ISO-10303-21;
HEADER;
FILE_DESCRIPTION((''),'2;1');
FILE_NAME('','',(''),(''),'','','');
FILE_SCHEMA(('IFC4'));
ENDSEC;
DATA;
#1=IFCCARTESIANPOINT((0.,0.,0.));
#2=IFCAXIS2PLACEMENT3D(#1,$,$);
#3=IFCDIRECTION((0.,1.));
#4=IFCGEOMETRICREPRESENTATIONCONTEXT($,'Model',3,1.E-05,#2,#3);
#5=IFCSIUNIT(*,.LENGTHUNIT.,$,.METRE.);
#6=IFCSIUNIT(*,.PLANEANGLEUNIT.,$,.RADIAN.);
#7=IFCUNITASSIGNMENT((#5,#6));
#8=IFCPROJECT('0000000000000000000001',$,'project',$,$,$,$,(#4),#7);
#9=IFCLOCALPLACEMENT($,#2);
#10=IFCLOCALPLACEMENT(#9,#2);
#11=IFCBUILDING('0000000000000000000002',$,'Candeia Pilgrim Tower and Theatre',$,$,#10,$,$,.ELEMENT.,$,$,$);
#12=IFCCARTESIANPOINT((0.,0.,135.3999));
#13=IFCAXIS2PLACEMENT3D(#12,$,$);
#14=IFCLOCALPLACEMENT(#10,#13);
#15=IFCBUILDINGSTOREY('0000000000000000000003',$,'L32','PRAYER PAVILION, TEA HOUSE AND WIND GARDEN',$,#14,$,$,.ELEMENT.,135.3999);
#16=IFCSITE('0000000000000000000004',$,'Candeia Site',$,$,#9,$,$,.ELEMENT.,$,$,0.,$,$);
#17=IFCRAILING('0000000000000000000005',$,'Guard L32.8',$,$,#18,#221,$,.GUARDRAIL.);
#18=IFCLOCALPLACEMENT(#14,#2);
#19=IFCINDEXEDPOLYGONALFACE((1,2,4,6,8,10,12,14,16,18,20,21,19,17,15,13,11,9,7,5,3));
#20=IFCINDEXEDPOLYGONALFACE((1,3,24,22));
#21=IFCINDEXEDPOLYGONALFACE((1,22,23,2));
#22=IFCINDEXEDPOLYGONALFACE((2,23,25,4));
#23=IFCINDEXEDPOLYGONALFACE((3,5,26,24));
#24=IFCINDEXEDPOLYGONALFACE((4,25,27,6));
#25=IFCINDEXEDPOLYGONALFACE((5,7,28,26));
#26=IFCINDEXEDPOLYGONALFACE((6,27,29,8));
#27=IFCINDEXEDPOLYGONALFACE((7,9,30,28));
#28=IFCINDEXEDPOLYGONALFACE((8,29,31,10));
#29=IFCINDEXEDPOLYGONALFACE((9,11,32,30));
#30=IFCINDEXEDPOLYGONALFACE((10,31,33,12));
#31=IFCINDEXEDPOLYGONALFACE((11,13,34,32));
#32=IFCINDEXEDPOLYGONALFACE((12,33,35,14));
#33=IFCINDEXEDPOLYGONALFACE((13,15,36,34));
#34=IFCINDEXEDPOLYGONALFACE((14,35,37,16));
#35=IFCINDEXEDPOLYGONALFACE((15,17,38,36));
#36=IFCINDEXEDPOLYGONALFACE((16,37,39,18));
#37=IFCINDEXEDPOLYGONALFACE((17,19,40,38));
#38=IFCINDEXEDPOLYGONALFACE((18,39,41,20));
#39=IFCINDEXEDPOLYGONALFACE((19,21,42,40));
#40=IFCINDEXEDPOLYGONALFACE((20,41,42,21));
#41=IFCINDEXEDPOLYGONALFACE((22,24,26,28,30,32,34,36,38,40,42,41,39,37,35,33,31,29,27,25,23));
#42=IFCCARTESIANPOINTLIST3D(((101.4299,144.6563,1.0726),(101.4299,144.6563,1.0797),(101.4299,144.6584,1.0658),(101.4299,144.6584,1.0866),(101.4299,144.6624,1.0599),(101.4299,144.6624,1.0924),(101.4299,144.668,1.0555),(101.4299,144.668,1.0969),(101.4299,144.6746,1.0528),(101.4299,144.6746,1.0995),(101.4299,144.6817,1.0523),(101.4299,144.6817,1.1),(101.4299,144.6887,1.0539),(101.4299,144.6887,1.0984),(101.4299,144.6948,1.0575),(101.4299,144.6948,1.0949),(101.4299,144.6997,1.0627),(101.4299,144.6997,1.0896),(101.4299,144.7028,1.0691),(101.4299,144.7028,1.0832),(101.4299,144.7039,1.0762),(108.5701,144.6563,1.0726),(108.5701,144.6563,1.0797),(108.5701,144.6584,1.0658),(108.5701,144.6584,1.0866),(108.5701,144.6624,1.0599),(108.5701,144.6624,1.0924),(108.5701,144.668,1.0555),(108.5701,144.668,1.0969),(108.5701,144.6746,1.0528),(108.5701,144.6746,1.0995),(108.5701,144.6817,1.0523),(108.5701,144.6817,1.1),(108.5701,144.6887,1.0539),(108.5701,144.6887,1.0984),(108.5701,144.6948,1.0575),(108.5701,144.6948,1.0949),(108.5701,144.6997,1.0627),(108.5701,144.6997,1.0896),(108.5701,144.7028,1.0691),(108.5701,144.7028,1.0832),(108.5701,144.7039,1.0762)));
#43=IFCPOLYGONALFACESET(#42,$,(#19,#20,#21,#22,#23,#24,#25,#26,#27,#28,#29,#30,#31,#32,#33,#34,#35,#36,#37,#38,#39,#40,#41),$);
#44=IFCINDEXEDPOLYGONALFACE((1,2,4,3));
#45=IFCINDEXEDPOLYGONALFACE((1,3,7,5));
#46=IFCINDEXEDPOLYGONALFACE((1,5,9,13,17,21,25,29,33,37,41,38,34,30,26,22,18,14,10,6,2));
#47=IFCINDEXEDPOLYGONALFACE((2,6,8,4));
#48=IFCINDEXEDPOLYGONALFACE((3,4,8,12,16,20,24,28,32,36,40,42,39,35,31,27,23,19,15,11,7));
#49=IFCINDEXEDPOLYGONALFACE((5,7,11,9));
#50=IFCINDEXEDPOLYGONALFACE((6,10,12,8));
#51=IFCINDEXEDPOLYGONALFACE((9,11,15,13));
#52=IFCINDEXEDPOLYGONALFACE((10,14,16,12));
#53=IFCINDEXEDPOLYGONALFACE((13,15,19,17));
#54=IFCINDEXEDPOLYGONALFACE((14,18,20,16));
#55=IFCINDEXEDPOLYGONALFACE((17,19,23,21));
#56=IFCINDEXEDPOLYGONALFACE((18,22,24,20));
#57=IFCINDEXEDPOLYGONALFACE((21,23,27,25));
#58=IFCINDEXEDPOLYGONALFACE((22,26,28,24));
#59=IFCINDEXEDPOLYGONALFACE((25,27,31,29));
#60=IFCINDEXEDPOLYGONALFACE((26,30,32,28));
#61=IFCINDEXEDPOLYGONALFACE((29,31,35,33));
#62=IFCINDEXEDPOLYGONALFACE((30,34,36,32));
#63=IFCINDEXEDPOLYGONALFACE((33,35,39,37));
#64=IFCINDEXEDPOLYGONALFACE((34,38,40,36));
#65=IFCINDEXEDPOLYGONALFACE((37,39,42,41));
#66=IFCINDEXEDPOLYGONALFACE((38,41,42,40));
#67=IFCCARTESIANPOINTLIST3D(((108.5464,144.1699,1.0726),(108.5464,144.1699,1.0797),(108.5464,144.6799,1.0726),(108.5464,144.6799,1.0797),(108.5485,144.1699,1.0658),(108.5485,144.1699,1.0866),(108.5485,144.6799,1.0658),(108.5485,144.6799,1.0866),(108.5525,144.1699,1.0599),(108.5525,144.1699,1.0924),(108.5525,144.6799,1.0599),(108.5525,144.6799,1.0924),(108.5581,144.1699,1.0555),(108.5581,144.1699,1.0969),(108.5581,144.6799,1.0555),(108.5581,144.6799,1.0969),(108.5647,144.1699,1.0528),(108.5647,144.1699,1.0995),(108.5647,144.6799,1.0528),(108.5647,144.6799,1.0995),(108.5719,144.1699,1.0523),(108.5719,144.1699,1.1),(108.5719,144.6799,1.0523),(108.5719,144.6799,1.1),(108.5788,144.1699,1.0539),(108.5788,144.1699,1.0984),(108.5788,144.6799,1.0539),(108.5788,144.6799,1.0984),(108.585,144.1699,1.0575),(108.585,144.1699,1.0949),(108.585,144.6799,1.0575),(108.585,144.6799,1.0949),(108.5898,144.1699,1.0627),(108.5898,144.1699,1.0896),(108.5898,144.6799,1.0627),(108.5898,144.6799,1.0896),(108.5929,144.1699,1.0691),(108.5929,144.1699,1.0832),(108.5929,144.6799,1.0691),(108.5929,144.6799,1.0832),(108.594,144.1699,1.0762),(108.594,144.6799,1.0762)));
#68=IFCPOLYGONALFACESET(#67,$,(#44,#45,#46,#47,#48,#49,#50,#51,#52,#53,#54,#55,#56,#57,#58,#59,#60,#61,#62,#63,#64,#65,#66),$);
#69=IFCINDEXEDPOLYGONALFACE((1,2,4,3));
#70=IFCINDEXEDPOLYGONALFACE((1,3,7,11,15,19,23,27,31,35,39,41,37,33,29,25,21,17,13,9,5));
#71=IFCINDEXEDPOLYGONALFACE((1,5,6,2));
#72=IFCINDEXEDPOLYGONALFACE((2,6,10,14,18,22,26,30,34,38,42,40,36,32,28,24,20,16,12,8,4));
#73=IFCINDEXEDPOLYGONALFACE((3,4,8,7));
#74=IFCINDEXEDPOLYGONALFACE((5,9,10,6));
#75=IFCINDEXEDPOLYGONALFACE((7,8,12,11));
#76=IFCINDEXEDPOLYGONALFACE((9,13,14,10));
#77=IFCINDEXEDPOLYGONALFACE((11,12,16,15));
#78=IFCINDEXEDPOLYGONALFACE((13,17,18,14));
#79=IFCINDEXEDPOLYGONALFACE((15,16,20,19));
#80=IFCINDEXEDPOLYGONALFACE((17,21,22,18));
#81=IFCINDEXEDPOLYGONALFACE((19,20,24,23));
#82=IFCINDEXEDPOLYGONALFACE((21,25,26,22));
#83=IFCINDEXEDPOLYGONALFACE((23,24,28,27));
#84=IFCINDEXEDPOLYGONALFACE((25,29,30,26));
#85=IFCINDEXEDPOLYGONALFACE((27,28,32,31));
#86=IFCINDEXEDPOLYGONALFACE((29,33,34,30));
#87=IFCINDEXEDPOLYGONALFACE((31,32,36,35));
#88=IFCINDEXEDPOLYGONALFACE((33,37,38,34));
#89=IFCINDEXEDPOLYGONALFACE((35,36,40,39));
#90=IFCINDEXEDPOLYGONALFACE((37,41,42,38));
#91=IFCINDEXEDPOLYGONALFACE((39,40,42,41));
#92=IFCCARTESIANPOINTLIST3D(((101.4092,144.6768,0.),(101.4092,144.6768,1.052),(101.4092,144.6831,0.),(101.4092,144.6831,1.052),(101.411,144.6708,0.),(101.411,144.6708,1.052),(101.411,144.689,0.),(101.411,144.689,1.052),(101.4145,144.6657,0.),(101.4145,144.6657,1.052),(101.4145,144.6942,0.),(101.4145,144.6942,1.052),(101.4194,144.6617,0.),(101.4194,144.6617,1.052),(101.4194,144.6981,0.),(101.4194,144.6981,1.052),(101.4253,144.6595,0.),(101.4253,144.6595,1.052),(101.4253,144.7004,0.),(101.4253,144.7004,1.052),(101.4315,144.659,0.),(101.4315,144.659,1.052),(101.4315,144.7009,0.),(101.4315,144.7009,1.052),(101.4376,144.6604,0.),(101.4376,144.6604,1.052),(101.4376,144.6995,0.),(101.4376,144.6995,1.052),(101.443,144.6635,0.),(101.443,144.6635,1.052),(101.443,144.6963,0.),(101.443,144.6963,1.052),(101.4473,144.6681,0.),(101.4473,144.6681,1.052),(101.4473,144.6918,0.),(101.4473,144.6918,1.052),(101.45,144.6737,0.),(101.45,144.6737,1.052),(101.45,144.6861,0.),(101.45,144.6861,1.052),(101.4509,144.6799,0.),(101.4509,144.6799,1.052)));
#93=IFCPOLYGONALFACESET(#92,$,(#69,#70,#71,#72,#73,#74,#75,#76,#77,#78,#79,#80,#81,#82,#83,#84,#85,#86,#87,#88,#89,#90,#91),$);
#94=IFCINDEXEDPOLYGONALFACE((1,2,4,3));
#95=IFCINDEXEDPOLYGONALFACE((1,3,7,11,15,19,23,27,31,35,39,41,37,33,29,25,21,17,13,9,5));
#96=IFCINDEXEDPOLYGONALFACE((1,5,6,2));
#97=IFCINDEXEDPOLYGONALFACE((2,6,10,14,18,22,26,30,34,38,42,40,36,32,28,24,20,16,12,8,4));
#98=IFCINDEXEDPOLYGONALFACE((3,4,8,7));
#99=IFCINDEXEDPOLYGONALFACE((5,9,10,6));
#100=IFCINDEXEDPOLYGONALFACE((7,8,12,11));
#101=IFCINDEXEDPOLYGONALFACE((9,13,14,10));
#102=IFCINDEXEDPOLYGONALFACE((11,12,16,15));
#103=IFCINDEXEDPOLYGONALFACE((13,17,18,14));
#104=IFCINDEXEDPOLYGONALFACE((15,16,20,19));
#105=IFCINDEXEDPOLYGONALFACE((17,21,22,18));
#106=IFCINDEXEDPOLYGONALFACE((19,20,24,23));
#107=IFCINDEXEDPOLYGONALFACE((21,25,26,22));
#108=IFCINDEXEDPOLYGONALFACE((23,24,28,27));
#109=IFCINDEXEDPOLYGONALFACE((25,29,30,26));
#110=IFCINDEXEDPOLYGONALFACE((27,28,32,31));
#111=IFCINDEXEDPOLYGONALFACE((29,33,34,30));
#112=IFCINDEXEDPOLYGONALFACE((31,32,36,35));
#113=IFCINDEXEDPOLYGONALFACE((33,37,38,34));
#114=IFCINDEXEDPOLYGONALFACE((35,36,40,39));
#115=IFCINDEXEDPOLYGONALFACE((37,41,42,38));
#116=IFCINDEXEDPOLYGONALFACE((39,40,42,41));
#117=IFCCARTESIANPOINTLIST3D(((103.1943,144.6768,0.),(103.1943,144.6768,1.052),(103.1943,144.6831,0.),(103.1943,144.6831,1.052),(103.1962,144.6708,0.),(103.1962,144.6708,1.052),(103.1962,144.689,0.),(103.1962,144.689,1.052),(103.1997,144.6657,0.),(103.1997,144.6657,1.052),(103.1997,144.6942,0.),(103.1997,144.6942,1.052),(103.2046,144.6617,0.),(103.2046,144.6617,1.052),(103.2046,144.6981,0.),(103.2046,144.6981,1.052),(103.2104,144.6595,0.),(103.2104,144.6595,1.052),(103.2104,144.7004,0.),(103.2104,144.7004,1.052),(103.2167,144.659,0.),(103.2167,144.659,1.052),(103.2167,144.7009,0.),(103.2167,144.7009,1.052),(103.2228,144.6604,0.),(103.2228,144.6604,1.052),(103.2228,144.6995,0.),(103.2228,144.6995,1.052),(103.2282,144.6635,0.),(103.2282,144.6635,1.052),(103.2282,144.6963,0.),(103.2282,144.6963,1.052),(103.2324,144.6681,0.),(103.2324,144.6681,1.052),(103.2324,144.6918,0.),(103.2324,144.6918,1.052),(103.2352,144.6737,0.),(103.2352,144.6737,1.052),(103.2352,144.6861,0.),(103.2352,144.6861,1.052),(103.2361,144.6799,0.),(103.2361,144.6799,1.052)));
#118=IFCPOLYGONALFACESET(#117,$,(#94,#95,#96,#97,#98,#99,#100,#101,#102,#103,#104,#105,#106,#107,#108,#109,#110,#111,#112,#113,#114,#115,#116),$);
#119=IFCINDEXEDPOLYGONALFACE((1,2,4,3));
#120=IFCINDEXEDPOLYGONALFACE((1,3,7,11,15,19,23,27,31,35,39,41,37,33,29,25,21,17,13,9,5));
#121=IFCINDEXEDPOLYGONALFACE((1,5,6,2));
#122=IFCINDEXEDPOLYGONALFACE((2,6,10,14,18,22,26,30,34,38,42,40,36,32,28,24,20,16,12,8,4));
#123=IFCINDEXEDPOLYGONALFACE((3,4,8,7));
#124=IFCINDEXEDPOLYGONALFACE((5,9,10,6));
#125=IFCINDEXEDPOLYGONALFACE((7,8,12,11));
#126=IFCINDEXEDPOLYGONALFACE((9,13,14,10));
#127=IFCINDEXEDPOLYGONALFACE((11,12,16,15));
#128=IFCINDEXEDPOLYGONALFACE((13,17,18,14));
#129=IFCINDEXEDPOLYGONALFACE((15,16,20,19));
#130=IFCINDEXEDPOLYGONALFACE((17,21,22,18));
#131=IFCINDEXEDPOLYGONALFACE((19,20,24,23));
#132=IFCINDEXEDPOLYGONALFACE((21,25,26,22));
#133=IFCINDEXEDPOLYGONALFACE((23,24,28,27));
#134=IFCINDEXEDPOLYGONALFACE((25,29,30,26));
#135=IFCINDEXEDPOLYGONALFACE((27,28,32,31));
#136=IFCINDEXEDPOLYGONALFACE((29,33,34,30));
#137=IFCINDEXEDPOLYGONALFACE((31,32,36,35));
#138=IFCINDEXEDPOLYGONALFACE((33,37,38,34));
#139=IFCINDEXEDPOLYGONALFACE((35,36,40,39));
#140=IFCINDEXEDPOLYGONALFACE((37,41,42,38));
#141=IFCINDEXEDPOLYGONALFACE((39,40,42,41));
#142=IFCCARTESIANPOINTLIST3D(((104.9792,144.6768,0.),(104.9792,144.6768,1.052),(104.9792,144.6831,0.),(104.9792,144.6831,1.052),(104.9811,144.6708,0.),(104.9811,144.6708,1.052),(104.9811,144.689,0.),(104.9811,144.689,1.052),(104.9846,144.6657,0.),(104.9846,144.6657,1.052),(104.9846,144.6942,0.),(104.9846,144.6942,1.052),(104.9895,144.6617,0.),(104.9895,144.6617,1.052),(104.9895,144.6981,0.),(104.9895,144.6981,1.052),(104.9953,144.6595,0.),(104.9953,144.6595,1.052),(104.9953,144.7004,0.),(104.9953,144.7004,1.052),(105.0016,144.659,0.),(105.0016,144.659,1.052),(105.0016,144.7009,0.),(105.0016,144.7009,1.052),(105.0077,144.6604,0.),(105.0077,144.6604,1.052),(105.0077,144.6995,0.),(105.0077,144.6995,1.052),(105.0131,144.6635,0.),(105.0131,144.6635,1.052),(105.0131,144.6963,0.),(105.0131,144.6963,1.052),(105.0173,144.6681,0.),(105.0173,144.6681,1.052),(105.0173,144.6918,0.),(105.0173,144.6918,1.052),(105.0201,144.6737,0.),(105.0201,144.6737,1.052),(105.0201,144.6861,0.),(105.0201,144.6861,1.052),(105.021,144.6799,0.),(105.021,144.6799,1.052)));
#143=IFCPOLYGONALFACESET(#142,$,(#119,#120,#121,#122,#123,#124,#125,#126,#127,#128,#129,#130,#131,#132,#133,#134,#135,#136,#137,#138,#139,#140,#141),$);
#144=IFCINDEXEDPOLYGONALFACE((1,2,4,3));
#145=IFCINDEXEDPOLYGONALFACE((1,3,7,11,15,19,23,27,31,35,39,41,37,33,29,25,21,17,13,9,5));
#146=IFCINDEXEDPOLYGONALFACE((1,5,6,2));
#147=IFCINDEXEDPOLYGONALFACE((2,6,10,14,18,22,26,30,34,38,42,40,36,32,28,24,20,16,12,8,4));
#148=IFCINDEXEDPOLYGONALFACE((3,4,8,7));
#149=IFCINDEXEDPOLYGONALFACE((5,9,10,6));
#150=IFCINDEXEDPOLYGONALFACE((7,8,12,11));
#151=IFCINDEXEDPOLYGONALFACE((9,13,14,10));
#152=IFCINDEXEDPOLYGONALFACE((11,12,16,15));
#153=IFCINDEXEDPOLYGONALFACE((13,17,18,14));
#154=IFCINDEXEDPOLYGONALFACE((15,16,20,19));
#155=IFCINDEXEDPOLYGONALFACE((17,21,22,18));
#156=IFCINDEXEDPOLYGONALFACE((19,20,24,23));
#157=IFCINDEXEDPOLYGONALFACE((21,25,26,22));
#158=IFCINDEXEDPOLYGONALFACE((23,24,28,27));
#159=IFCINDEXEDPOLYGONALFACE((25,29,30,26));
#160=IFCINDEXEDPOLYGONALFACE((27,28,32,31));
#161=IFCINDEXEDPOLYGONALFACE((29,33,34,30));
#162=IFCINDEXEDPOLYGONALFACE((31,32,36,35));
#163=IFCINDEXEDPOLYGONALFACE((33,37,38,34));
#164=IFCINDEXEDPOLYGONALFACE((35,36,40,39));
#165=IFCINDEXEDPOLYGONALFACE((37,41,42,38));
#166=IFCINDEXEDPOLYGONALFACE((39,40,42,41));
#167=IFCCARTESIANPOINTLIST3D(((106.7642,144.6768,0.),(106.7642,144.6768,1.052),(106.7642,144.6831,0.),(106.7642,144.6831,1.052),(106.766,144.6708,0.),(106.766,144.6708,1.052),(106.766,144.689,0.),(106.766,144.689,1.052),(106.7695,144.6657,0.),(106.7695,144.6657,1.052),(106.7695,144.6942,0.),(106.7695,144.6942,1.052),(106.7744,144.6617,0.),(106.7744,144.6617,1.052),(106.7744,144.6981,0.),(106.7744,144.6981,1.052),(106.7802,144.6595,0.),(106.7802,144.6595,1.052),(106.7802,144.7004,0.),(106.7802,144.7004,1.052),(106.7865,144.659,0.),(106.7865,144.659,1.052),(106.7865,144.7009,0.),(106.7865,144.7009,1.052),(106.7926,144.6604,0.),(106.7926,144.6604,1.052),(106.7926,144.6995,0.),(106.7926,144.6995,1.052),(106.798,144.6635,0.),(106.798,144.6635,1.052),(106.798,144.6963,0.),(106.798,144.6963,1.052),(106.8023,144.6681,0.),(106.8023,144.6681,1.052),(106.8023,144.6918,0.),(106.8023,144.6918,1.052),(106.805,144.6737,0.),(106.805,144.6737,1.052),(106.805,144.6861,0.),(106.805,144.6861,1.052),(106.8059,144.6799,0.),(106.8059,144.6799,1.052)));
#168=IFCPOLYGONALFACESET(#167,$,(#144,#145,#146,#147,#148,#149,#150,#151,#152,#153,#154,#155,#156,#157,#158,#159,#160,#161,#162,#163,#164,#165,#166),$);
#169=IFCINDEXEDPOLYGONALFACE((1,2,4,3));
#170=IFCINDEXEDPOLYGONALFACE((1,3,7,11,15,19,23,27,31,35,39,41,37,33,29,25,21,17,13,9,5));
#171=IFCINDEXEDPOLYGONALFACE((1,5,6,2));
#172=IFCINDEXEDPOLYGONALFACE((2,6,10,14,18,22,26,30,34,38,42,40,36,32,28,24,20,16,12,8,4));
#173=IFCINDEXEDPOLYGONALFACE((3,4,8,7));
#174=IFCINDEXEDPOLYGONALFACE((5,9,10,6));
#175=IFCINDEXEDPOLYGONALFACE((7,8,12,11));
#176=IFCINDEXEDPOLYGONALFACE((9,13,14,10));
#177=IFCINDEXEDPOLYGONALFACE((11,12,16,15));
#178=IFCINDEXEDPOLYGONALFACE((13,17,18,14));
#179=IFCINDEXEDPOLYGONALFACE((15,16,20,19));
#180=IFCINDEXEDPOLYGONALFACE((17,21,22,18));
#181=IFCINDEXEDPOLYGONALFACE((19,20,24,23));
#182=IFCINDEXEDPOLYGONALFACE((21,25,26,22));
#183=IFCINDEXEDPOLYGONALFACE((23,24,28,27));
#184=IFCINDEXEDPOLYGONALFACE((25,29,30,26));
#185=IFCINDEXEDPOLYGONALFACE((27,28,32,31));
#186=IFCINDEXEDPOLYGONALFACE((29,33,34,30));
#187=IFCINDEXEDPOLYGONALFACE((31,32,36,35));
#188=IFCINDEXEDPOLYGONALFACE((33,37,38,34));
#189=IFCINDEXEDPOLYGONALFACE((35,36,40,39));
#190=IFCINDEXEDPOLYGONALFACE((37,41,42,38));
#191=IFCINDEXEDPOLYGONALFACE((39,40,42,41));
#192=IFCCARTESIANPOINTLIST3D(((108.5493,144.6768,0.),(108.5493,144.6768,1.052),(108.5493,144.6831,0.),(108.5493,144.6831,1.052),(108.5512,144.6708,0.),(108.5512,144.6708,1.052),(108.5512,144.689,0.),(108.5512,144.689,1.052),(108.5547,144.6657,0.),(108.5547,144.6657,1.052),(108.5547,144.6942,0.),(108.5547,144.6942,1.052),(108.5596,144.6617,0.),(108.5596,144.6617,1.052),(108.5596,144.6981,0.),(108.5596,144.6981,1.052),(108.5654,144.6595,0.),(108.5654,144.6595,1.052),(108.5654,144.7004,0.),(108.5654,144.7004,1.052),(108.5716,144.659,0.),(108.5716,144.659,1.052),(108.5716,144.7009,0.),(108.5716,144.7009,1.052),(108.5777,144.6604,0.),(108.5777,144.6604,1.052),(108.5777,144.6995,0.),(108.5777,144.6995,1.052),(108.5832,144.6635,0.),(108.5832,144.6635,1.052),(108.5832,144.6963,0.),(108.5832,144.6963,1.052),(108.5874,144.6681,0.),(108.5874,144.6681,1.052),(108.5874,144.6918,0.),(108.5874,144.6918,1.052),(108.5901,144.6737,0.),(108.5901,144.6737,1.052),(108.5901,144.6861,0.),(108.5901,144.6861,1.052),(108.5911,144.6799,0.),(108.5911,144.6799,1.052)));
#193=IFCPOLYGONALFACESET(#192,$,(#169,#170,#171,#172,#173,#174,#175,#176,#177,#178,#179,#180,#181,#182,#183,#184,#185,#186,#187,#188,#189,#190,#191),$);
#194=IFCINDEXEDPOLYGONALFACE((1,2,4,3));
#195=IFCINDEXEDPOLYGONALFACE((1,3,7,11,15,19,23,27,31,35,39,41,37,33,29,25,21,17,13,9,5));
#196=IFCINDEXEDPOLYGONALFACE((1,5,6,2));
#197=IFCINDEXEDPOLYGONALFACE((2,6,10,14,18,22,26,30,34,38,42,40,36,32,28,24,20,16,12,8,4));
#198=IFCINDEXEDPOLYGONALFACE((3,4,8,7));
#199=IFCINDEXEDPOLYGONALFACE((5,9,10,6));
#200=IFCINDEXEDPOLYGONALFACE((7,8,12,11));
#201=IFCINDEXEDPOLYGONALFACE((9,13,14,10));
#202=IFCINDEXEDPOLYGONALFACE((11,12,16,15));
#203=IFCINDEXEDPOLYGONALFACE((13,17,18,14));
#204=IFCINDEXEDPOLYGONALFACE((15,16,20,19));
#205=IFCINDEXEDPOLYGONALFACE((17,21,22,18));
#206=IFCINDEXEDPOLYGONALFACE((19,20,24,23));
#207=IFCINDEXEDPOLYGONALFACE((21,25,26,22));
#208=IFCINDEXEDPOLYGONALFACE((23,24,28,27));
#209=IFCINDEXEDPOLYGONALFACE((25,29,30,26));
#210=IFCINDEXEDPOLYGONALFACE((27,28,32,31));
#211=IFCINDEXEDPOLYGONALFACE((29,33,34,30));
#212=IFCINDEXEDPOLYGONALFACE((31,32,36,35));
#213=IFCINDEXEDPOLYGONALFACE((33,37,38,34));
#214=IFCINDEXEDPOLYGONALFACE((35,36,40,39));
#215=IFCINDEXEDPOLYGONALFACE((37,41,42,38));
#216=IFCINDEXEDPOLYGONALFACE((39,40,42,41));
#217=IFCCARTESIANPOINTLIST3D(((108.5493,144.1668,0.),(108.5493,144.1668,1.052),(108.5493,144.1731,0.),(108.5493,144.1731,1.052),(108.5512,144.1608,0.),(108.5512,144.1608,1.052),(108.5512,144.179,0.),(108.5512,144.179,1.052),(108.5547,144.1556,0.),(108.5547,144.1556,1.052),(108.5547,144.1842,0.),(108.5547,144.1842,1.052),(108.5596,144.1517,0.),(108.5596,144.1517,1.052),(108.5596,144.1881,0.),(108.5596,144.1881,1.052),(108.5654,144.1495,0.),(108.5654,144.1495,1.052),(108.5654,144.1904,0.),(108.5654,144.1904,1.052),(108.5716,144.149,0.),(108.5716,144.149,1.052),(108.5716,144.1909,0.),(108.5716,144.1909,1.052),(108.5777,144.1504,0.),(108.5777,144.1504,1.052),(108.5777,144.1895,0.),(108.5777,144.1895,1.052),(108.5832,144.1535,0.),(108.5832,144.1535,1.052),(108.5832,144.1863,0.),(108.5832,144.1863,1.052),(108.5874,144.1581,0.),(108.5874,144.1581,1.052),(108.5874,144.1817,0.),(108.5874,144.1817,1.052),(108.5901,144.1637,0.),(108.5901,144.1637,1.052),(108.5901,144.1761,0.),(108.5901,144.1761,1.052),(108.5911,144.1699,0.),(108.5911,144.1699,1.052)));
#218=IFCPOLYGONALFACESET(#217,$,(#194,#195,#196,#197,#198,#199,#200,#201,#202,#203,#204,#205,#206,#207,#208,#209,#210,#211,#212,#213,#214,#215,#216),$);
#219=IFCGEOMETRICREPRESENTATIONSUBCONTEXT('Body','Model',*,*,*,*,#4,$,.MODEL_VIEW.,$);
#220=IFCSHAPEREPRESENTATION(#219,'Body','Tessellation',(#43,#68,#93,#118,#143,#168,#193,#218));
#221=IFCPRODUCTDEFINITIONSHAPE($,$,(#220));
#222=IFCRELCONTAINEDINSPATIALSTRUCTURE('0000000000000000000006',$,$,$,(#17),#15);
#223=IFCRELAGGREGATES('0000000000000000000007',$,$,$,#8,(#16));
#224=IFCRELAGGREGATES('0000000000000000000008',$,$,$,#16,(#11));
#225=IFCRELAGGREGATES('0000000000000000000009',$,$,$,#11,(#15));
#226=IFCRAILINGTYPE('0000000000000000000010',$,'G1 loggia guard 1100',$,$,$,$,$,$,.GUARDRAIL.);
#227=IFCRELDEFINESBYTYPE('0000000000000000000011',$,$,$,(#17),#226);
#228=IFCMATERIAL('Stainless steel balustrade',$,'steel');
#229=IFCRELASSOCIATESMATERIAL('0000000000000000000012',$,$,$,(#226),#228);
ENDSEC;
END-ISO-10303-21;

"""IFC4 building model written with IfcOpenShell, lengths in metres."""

from ifc_helpers import new_model, si_unit, direction, frame, origin, origin_2d, place, context, subcontext, project, spatial, circle, extrude, material, type_object, element, save


model = new_model("IFC4")

# Units and contexts
model_context = context("Model", 3, precision=1e-05, world=origin(), true_north=direction((0.0, 1.0)))
body_context = subcontext(model_context, "Body", "Model", "MODEL_VIEW")
ifc_project = project(units=[si_unit("LENGTHUNIT", "METRE"), si_unit("PLANEANGLEUNIT", "RADIAN")], contexts=[model_context])

# Site, building, storey
site_placement = place(None, origin())
site = spatial("IfcSite", under=ifc_project, at=site_placement, Name="Candeia Site", CompositionType="ELEMENT", RefElevation=0.0)
building_placement = place(site_placement, origin())
building = spatial("IfcBuilding", under=site, at=building_placement, Name="Candeia Pilgrim Tower and Theatre", CompositionType="ELEMENT")
storey_placement = place(building_placement, frame((0.0, 0.0, 135.3999)))
storey = spatial("IfcBuildingStorey", under=building, at=storey_placement, Name="L32", Description="PRAYER PAVILION, TEA HOUSE AND WIND GARDEN", CompositionType="ELEMENT", Elevation=135.3999)

# Railing
ifc_material_1 = material(Name="Stainless steel balustrade", Category="steel")
railing_type = type_object("IfcRailingType", Name="G1 loggia guard 1100", PredefinedType="GUARDRAIL", material=ifc_material_1)
railing_1_placement = place(storey_placement, frame((101.4299, 144.6799, 0.0)))
element("IfcRailing", 1, at=railing_1_placement, inside=storey, type_object=railing_type, Name="Guard L32.8", PredefinedType="GUARDRAIL", context=body_context, shape_type="SweptSolid", body=[
    extrude(circle(Radius=0.0239, at=origin_2d()), frame((0.0, 0.0, 1.0762), z_axis=(1.0, 0.0, 0.0), x_axis=(0.0, 1.0, 0.0)), (0.0, 0.0, 1.0), 7.1401),
    extrude(circle(Radius=0.0239, at=origin_2d()), frame((7.1401, 0.0, 1.0762), z_axis=(0.0, -1.0, 0.0), x_axis=(1.0, 0.0, 0.0)), (0.0, 0.0, 1.0), 0.51),
    extrude(circle(Radius=0.021, at=origin_2d()), origin(), (0.0, 0.0, 1.0), 1.052),
    extrude(circle(Radius=0.021, at=origin_2d()), frame((1.7852, 0.0, 0.0)), (0.0, 0.0, 1.0), 1.052),
    extrude(circle(Radius=0.021, at=origin_2d()), frame((3.5701, 0.0, 0.0)), (0.0, 0.0, 1.0), 1.052),
    extrude(circle(Radius=0.021, at=origin_2d()), frame((5.355, 0.0, 0.0)), (0.0, 0.0, 1.0), 1.052),
    extrude(circle(Radius=0.021, at=origin_2d()), frame((7.1401, 0.0, 0.0)), (0.0, 0.0, 1.0), 1.052),
    extrude(circle(Radius=0.021, at=origin_2d()), frame((7.1401, -0.51, 0.0)), (0.0, 0.0, 1.0), 1.052),
])

save(model, "model.ifc")
